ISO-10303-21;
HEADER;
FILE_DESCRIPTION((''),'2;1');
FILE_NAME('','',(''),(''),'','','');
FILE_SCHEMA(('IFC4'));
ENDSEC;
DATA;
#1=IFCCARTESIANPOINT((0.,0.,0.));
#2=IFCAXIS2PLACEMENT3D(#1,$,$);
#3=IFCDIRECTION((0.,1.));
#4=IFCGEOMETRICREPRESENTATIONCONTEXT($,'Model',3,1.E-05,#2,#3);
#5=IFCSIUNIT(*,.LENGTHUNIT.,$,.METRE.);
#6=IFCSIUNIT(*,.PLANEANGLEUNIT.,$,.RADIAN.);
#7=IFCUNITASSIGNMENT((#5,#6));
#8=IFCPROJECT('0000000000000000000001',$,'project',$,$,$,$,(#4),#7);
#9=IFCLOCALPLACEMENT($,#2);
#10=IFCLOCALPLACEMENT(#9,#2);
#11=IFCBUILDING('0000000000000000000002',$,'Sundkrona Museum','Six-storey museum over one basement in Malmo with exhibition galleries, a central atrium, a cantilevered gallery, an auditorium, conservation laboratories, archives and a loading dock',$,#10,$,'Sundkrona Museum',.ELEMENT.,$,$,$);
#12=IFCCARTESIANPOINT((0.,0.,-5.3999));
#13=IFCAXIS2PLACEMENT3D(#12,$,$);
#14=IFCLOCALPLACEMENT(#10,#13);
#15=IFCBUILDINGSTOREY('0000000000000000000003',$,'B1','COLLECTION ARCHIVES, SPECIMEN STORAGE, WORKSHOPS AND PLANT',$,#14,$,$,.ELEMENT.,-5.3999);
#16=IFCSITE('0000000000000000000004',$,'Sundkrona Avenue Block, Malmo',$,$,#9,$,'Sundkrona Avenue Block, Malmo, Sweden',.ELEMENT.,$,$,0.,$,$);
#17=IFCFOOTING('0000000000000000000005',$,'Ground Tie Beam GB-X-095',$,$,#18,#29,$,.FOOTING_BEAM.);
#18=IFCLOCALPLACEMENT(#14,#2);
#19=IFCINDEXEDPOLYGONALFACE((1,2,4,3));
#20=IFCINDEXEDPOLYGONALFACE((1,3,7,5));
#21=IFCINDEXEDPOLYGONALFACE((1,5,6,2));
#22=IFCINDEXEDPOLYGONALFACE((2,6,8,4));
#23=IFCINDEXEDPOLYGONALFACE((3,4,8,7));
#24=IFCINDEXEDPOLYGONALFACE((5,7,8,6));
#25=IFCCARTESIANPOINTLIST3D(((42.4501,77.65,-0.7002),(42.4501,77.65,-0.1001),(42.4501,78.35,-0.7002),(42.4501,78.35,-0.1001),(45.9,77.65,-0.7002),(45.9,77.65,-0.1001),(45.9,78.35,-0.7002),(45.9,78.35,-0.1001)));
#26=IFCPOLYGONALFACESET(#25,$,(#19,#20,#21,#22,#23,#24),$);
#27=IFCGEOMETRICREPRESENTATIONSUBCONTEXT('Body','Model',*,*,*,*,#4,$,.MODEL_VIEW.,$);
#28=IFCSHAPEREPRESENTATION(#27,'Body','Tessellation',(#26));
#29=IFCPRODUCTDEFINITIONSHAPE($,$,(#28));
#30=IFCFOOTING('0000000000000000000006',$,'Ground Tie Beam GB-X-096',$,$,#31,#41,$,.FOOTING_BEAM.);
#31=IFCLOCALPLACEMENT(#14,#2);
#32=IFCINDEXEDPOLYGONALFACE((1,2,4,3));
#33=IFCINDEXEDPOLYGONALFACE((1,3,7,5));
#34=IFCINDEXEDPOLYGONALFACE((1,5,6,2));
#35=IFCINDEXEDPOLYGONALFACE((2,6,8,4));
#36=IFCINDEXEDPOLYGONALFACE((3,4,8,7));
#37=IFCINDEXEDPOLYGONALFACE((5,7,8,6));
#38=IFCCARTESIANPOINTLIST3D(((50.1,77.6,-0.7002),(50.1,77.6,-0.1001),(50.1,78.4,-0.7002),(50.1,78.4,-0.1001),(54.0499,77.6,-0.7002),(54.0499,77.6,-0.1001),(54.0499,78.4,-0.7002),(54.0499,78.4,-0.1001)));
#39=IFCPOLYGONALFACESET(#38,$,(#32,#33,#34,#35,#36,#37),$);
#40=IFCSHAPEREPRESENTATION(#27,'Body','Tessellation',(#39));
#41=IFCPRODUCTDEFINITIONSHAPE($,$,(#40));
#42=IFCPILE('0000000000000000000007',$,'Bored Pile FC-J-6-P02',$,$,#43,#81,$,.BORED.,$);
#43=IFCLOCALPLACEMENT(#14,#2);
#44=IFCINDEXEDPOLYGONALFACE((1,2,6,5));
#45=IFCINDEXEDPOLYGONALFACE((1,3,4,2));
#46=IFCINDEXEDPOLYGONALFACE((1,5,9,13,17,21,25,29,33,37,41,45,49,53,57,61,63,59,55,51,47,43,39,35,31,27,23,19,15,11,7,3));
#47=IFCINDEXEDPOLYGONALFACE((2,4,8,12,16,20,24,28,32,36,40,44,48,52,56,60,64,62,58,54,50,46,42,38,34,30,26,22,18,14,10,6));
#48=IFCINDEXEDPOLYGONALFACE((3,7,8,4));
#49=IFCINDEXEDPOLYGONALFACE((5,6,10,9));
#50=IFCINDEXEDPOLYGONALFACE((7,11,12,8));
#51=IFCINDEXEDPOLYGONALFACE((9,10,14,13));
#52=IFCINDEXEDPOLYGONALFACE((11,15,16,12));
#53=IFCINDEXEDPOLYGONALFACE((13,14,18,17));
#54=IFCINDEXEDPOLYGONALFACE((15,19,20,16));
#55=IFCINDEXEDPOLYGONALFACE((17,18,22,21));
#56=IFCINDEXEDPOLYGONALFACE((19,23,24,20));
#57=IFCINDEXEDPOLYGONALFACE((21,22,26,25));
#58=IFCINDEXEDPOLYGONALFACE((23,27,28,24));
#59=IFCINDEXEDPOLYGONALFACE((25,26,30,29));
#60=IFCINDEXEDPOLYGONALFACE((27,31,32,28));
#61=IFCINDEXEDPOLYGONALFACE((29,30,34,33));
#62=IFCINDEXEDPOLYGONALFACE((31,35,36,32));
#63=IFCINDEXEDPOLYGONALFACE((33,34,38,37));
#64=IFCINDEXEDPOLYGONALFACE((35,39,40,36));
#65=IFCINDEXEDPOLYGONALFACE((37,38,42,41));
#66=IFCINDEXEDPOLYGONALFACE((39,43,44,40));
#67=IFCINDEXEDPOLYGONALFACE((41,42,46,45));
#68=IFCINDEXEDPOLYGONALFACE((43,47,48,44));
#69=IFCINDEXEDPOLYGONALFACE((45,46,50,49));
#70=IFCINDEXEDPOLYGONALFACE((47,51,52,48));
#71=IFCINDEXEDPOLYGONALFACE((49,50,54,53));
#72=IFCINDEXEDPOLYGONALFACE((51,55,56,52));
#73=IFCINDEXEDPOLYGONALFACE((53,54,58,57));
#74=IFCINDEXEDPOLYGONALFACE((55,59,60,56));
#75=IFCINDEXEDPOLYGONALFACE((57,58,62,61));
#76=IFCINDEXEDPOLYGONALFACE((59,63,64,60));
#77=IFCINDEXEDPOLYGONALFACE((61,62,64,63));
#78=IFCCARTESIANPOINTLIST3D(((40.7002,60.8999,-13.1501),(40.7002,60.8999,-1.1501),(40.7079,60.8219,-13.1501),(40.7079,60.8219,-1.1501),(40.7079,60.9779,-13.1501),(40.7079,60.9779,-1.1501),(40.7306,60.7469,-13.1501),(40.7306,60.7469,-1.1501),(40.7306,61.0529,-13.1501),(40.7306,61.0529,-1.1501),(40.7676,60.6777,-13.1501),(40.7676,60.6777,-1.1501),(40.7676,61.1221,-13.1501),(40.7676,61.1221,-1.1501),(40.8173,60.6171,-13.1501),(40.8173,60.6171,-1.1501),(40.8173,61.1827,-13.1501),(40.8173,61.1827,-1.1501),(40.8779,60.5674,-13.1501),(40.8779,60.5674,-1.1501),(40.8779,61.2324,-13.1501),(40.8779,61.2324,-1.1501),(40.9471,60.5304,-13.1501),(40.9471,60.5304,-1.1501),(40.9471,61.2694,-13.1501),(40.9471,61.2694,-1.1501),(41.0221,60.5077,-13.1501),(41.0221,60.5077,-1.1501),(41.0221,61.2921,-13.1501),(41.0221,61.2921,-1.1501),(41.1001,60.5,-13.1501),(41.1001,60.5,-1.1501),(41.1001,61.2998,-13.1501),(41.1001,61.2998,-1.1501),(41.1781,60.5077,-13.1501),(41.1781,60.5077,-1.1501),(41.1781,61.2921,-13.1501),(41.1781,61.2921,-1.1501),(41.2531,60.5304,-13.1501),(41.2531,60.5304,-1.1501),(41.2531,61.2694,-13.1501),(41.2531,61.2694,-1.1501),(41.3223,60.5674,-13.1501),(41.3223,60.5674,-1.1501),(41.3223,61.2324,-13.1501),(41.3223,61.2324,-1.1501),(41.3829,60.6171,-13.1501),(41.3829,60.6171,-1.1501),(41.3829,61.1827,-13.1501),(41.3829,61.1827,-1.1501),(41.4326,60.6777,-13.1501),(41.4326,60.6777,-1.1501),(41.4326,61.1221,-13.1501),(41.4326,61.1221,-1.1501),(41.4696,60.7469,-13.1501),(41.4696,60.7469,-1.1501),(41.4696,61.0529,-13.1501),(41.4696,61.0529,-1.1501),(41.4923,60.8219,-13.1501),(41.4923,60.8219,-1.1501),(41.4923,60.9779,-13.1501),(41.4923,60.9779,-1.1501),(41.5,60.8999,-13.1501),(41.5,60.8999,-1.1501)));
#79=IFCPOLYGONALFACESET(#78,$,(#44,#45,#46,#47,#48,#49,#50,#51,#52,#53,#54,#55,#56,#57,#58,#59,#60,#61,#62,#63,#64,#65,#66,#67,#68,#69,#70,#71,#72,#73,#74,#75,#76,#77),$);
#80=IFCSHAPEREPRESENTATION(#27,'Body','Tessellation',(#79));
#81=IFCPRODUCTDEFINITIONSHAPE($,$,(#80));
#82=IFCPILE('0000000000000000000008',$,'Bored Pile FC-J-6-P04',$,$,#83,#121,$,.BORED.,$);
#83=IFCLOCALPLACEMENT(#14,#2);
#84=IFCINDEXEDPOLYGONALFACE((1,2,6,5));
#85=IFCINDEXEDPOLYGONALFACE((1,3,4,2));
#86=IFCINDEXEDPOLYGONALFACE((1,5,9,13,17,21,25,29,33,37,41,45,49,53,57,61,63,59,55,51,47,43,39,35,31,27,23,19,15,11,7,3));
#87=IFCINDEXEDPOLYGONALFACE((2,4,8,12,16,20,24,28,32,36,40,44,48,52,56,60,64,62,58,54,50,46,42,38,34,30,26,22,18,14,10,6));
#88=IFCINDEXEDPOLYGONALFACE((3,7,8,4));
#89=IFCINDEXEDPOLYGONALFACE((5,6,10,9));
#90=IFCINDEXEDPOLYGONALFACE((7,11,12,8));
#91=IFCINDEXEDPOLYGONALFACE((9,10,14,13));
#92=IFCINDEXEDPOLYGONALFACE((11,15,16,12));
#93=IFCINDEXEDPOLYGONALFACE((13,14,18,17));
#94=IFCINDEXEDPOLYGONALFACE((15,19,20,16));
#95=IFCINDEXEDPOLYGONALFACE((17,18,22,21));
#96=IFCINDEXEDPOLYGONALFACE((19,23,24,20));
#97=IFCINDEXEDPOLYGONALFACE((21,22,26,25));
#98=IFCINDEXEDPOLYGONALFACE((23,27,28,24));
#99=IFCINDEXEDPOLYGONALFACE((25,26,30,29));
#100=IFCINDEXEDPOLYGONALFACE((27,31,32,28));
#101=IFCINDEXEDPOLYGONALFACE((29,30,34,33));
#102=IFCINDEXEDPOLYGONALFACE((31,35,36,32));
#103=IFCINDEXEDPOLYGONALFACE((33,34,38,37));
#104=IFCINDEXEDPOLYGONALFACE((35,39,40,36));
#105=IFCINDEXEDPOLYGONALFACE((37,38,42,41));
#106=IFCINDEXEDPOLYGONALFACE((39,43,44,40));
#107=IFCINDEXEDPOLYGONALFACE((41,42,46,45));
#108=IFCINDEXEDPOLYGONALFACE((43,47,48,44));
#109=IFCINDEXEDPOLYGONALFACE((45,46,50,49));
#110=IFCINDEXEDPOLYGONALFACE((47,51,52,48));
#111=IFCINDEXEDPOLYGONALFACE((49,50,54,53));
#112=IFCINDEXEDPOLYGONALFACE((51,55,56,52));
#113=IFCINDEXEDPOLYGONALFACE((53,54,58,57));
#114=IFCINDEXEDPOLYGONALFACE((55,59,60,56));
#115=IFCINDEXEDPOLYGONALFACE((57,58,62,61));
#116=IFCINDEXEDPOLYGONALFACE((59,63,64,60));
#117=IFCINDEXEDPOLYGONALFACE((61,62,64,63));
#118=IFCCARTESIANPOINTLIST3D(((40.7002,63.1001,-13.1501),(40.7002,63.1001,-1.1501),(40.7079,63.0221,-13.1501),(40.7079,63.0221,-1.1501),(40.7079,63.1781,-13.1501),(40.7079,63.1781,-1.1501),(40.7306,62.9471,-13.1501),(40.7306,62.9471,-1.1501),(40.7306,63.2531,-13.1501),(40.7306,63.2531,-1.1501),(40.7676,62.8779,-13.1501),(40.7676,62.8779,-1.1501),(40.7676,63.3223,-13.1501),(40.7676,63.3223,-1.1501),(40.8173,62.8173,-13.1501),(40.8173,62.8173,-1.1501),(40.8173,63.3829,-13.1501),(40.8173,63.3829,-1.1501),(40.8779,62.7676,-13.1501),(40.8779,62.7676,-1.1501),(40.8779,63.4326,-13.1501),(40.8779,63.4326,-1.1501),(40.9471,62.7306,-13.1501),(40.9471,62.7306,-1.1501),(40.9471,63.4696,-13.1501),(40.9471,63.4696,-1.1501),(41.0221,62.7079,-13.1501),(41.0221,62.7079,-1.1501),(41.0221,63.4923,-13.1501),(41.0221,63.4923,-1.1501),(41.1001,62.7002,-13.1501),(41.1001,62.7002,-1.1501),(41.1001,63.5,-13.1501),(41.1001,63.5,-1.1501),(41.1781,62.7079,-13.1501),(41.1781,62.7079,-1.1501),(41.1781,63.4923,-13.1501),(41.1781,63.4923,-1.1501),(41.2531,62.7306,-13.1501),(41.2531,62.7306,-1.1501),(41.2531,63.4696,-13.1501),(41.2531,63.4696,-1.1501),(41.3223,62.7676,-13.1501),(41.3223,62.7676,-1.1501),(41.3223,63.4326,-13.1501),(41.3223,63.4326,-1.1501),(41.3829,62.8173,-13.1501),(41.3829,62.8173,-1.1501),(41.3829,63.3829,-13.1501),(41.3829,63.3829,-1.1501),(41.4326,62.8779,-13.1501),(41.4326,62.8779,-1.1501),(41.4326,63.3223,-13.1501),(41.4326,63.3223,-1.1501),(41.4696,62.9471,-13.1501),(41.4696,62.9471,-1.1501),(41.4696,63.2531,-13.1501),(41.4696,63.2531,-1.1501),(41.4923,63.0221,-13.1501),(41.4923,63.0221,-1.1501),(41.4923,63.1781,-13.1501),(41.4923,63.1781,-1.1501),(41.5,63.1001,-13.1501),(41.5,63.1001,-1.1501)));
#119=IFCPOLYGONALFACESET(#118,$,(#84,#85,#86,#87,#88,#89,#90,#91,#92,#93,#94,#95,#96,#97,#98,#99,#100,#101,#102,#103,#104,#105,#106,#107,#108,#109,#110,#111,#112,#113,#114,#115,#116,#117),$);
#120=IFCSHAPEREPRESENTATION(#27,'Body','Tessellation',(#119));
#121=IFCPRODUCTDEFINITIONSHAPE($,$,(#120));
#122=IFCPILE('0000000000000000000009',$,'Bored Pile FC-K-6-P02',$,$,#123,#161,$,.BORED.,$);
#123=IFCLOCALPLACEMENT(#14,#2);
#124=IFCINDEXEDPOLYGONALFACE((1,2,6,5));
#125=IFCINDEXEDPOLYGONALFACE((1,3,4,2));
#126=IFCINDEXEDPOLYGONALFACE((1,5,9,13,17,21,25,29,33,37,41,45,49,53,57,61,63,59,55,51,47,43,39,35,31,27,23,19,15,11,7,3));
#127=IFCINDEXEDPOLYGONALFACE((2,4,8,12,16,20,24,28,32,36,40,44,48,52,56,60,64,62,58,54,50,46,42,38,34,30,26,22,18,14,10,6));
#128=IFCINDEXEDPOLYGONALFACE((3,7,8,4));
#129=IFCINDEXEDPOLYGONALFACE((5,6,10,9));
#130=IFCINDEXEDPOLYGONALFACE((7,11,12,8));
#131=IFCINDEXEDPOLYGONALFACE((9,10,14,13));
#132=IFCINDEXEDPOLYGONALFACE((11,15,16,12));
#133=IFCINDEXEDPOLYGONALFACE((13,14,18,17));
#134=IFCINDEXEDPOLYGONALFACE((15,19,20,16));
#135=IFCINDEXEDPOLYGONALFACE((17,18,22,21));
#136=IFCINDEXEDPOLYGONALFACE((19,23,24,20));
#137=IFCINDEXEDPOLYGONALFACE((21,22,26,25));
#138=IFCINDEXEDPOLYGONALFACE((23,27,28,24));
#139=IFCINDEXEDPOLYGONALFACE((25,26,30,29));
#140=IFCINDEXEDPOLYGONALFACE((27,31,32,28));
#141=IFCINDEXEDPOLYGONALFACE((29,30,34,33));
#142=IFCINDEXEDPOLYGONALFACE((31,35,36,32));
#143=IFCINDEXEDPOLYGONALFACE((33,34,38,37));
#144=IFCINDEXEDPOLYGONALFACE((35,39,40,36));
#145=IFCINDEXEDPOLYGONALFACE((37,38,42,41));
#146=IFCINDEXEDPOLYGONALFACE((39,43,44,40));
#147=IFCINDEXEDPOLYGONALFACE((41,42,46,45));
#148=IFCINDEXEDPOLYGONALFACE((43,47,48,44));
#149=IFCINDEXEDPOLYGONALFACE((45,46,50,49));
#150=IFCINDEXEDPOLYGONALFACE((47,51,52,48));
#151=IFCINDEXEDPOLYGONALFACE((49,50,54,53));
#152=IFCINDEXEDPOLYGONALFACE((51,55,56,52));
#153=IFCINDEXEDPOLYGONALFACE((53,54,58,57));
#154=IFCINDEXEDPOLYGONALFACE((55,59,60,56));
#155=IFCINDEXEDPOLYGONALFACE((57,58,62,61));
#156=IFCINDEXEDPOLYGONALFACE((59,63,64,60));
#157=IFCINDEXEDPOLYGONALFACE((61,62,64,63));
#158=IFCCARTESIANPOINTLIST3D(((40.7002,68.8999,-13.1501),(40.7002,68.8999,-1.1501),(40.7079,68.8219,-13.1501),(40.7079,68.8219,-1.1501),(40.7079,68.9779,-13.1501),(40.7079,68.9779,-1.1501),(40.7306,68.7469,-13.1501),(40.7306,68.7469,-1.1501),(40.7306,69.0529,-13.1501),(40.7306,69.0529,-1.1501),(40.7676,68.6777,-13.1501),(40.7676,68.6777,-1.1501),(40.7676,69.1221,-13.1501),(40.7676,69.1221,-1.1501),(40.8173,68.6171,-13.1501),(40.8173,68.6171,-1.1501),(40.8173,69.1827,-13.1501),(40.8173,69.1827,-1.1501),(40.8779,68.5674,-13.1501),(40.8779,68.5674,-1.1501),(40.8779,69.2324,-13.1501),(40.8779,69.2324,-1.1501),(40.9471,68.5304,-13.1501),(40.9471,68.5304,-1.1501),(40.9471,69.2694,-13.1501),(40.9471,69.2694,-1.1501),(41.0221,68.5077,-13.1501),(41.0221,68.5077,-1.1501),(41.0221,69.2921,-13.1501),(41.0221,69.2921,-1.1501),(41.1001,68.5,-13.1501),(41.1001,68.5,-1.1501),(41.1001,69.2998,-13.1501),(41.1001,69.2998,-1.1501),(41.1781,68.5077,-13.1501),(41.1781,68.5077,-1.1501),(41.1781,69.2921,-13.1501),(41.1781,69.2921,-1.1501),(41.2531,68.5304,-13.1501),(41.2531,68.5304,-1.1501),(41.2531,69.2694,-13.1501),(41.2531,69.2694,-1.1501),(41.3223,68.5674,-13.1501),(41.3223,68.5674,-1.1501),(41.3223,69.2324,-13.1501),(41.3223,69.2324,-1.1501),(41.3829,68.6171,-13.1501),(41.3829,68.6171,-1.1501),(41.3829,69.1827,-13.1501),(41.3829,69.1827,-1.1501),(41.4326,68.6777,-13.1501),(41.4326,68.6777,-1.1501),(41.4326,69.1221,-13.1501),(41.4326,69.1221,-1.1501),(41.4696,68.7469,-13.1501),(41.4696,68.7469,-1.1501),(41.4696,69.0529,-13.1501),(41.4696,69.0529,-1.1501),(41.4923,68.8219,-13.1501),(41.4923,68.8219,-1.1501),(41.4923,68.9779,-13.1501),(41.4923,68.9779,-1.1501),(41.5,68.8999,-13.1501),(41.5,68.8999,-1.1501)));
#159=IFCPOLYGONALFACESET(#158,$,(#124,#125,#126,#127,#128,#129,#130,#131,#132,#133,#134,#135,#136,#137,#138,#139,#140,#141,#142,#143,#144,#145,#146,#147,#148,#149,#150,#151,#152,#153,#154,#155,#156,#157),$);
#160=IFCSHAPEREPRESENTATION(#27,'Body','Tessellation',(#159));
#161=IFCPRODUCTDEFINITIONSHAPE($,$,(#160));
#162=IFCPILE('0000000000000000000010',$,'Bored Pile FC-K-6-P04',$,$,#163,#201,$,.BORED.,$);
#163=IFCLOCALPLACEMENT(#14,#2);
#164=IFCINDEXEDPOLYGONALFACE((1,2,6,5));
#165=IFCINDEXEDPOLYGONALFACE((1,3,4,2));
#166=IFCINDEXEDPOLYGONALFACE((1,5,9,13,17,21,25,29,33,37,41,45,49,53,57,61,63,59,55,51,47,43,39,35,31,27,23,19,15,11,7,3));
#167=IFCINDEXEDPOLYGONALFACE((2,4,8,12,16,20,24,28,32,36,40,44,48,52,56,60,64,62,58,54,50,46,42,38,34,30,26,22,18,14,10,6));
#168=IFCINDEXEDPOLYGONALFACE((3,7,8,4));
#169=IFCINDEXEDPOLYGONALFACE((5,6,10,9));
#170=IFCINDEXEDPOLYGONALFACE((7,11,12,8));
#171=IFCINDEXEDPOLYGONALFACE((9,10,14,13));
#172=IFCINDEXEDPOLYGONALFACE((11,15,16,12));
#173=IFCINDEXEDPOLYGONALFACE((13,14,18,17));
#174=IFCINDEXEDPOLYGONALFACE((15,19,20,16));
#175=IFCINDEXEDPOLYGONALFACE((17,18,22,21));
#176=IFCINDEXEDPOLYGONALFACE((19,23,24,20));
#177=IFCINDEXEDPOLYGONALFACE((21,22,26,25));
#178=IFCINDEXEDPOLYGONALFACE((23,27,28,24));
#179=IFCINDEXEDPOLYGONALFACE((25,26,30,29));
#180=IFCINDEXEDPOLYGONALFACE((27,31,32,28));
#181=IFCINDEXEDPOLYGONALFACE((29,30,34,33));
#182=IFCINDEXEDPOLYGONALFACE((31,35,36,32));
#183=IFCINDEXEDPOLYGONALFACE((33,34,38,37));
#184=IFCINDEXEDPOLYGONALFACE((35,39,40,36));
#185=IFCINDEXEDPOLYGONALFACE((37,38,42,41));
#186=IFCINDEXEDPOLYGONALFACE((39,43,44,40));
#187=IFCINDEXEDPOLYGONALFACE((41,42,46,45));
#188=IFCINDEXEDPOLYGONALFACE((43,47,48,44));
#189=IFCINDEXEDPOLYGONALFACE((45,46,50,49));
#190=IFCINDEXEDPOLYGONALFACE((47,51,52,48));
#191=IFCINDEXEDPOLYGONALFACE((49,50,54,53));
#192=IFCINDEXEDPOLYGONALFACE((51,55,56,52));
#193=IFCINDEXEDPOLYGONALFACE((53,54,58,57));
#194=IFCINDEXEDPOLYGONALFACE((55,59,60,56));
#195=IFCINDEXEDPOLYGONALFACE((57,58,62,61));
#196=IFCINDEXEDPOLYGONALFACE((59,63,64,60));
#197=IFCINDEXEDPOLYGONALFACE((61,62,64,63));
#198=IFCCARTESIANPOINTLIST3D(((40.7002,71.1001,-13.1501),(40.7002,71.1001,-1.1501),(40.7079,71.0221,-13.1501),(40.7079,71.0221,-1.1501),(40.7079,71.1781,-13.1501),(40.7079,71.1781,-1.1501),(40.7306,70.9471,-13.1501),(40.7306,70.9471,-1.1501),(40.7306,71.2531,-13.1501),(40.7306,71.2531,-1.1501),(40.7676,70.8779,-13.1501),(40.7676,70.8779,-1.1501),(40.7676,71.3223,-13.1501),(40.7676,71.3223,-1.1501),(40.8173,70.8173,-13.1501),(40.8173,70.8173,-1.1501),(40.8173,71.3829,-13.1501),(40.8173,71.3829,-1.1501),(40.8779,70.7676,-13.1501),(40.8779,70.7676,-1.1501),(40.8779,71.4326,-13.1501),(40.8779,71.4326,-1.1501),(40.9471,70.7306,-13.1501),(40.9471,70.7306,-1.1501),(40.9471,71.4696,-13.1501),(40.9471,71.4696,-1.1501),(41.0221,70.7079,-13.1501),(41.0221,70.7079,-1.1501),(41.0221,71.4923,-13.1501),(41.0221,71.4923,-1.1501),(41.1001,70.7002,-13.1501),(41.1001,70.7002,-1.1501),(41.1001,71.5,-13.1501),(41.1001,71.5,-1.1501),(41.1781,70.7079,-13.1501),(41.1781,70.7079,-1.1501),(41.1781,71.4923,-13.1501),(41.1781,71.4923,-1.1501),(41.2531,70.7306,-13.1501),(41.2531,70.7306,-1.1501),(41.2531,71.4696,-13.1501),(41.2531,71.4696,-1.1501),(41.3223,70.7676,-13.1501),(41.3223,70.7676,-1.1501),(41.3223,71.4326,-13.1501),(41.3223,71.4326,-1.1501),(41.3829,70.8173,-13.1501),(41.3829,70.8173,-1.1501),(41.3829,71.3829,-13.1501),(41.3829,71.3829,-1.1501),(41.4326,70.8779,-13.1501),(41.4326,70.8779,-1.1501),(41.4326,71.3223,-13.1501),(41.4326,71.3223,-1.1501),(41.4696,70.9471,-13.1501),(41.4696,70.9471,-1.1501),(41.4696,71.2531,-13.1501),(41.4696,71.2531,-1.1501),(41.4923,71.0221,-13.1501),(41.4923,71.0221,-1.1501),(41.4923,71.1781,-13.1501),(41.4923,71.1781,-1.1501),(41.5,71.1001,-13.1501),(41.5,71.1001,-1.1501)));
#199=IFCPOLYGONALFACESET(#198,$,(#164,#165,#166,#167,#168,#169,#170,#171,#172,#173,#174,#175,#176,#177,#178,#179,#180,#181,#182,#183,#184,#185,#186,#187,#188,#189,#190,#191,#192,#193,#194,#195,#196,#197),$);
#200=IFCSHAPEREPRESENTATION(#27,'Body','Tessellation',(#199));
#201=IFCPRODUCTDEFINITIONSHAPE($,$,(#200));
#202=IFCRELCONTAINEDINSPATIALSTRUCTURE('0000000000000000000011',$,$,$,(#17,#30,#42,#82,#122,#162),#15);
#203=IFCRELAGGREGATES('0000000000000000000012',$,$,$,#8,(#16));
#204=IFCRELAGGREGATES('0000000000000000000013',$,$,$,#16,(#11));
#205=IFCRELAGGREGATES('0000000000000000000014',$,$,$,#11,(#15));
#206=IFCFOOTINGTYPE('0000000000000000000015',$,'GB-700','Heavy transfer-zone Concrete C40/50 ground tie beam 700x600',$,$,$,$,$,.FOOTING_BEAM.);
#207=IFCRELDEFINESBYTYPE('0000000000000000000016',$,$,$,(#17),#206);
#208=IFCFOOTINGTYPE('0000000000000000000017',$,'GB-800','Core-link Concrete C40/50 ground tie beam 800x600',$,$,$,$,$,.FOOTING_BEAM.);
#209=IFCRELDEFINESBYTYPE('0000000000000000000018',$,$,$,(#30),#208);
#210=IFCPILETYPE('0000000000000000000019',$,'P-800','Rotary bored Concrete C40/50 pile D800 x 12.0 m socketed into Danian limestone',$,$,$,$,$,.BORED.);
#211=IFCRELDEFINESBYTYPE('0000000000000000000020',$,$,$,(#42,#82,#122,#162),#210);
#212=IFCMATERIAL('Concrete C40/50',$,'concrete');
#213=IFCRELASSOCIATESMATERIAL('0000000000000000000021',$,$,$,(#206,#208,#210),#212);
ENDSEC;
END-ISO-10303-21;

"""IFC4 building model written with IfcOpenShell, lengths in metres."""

from ifc_helpers import new_model, si_unit, direction, frame, origin, origin_2d, place, context, subcontext, project, spatial, rectangle, circle, extrude, material, material_profile, profile_set, type_object, element, save


model = new_model("IFC4")

# Units and contexts
model_context = context("Model", 3, precision=1e-05, world=origin(), true_north=direction((0.0, 1.0)))
body_context = subcontext(model_context, "Body", "Model", "MODEL_VIEW")
ifc_project = project(units=[si_unit("LENGTHUNIT", "METRE"), si_unit("PLANEANGLEUNIT", "RADIAN")], contexts=[model_context])

# Site, building, storey
site_placement = place(None, origin())
site = spatial("IfcSite", under=ifc_project, at=site_placement, Name="Sundkrona Avenue Block, Malmo", LongName="Sundkrona Avenue Block, Malmo, Sweden", CompositionType="ELEMENT", RefElevation=0.0)
building_placement = place(site_placement, origin())
building = spatial("IfcBuilding", under=site, at=building_placement, Name="Sundkrona Museum", Description="Six-storey museum over one basement in Malmo with exhibition galleries, a central atrium, a cantilevered gallery, an auditorium, conservation laboratories, archives and a loading dock", LongName="Sundkrona Museum", CompositionType="ELEMENT")
storey_placement = place(building_placement, frame((0.0, 0.0, -5.3999)))
storey = spatial("IfcBuildingStorey", under=building, at=storey_placement, Name="B1", Description="COLLECTION ARCHIVES, SPECIMEN STORAGE, WORKSHOPS AND PLANT", CompositionType="ELEMENT", Elevation=-5.3999)

# Footings
ifc_material_1 = material(Name="Concrete C40/50", Category="concrete")
footing_type_1 = type_object("IfcFootingType", Name="GB-700", Description="Heavy transfer-zone Concrete C40/50 ground tie beam 700x600", PredefinedType="FOOTING_BEAM", material=ifc_material_1)
footing_1_placement = place(storey_placement, frame((44.175, 78.0, -0.7002), z_axis=(0.0, 0.0, 1.0), x_axis=(1.0, 0.0, 0.0)))
element("IfcFooting", 1, at=footing_1_placement, inside=storey, type_object=footing_type_1, Name="Ground Tie Beam GB-X-095", PredefinedType="FOOTING_BEAM", context=body_context, shape_type="SweptSolid", body=[
    extrude(rectangle(XDim=3.45, YDim=0.7, at=origin_2d()), origin(), (0.0, 0.0, 1.0), 0.6001),
])
footing_type_2 = type_object("IfcFootingType", Name="GB-800", Description="Core-link Concrete C40/50 ground tie beam 800x600", PredefinedType="FOOTING_BEAM", material=ifc_material_1)
footing_2_placement = place(storey_placement, frame((52.075, 78.0, -0.7002), z_axis=(0.0, 0.0, 1.0), x_axis=(1.0, 0.0, 0.0)))
element("IfcFooting", 2, at=footing_2_placement, inside=storey, type_object=footing_type_2, Name="Ground Tie Beam GB-X-096", PredefinedType="FOOTING_BEAM", context=body_context, shape_type="SweptSolid", body=[
    extrude(rectangle(XDim=3.95, YDim=0.8, at=origin_2d()), origin(), (0.0, 0.0, 1.0), 0.6001),
])

# Piles
ifc_material_profile_1 = material_profile(ifc_material_1, circle(Radius=0.3999, at=origin_2d()), Name="PILE D800")
ifc_profile_set_1 = profile_set([ifc_material_profile_1], Name="Concrete C40/50")
pile_type = type_object("IfcPileType", Name="P-800", Description="Rotary bored Concrete C40/50 pile D800 x 12.0 m socketed into Danian limestone", PredefinedType="BORED", material=ifc_profile_set_1)
for number, where, z_axis, x_axis, name in (
    (3, (41.1001, 60.8999, -1.1501), (0.0, 0.0, -1.0), (1.0, 0.0, 0.0), "Bored Pile FC-J-6-P02"),
    (4, (41.1001, 63.1001, -1.1501), (0.0, 0.0, -1.0), (1.0, 0.0, 0.0), "Bored Pile FC-J-6-P04"),
    (5, (41.1001, 68.8999, -1.1501), (0.0, 0.0, -1.0), (1.0, 0.0, 0.0), "Bored Pile FC-K-6-P02"),
    (6, (41.1001, 71.1001, -1.1501), (0.0, 0.0, -1.0), (1.0, 0.0, 0.0), "Bored Pile FC-K-6-P04"),
):
    element("IfcPile", number, at=place(storey_placement, frame(where, z_axis=z_axis, x_axis=x_axis)), inside=storey, type_object=pile_type, Name=name, PredefinedType="BORED", context=body_context, shape_type="SweptSolid", body=[
        extrude(circle(Radius=0.3999, at=origin_2d()), origin(), (0.0, 0.0, 1.0), 12.0),
    ])

save(model, "model.ifc")
